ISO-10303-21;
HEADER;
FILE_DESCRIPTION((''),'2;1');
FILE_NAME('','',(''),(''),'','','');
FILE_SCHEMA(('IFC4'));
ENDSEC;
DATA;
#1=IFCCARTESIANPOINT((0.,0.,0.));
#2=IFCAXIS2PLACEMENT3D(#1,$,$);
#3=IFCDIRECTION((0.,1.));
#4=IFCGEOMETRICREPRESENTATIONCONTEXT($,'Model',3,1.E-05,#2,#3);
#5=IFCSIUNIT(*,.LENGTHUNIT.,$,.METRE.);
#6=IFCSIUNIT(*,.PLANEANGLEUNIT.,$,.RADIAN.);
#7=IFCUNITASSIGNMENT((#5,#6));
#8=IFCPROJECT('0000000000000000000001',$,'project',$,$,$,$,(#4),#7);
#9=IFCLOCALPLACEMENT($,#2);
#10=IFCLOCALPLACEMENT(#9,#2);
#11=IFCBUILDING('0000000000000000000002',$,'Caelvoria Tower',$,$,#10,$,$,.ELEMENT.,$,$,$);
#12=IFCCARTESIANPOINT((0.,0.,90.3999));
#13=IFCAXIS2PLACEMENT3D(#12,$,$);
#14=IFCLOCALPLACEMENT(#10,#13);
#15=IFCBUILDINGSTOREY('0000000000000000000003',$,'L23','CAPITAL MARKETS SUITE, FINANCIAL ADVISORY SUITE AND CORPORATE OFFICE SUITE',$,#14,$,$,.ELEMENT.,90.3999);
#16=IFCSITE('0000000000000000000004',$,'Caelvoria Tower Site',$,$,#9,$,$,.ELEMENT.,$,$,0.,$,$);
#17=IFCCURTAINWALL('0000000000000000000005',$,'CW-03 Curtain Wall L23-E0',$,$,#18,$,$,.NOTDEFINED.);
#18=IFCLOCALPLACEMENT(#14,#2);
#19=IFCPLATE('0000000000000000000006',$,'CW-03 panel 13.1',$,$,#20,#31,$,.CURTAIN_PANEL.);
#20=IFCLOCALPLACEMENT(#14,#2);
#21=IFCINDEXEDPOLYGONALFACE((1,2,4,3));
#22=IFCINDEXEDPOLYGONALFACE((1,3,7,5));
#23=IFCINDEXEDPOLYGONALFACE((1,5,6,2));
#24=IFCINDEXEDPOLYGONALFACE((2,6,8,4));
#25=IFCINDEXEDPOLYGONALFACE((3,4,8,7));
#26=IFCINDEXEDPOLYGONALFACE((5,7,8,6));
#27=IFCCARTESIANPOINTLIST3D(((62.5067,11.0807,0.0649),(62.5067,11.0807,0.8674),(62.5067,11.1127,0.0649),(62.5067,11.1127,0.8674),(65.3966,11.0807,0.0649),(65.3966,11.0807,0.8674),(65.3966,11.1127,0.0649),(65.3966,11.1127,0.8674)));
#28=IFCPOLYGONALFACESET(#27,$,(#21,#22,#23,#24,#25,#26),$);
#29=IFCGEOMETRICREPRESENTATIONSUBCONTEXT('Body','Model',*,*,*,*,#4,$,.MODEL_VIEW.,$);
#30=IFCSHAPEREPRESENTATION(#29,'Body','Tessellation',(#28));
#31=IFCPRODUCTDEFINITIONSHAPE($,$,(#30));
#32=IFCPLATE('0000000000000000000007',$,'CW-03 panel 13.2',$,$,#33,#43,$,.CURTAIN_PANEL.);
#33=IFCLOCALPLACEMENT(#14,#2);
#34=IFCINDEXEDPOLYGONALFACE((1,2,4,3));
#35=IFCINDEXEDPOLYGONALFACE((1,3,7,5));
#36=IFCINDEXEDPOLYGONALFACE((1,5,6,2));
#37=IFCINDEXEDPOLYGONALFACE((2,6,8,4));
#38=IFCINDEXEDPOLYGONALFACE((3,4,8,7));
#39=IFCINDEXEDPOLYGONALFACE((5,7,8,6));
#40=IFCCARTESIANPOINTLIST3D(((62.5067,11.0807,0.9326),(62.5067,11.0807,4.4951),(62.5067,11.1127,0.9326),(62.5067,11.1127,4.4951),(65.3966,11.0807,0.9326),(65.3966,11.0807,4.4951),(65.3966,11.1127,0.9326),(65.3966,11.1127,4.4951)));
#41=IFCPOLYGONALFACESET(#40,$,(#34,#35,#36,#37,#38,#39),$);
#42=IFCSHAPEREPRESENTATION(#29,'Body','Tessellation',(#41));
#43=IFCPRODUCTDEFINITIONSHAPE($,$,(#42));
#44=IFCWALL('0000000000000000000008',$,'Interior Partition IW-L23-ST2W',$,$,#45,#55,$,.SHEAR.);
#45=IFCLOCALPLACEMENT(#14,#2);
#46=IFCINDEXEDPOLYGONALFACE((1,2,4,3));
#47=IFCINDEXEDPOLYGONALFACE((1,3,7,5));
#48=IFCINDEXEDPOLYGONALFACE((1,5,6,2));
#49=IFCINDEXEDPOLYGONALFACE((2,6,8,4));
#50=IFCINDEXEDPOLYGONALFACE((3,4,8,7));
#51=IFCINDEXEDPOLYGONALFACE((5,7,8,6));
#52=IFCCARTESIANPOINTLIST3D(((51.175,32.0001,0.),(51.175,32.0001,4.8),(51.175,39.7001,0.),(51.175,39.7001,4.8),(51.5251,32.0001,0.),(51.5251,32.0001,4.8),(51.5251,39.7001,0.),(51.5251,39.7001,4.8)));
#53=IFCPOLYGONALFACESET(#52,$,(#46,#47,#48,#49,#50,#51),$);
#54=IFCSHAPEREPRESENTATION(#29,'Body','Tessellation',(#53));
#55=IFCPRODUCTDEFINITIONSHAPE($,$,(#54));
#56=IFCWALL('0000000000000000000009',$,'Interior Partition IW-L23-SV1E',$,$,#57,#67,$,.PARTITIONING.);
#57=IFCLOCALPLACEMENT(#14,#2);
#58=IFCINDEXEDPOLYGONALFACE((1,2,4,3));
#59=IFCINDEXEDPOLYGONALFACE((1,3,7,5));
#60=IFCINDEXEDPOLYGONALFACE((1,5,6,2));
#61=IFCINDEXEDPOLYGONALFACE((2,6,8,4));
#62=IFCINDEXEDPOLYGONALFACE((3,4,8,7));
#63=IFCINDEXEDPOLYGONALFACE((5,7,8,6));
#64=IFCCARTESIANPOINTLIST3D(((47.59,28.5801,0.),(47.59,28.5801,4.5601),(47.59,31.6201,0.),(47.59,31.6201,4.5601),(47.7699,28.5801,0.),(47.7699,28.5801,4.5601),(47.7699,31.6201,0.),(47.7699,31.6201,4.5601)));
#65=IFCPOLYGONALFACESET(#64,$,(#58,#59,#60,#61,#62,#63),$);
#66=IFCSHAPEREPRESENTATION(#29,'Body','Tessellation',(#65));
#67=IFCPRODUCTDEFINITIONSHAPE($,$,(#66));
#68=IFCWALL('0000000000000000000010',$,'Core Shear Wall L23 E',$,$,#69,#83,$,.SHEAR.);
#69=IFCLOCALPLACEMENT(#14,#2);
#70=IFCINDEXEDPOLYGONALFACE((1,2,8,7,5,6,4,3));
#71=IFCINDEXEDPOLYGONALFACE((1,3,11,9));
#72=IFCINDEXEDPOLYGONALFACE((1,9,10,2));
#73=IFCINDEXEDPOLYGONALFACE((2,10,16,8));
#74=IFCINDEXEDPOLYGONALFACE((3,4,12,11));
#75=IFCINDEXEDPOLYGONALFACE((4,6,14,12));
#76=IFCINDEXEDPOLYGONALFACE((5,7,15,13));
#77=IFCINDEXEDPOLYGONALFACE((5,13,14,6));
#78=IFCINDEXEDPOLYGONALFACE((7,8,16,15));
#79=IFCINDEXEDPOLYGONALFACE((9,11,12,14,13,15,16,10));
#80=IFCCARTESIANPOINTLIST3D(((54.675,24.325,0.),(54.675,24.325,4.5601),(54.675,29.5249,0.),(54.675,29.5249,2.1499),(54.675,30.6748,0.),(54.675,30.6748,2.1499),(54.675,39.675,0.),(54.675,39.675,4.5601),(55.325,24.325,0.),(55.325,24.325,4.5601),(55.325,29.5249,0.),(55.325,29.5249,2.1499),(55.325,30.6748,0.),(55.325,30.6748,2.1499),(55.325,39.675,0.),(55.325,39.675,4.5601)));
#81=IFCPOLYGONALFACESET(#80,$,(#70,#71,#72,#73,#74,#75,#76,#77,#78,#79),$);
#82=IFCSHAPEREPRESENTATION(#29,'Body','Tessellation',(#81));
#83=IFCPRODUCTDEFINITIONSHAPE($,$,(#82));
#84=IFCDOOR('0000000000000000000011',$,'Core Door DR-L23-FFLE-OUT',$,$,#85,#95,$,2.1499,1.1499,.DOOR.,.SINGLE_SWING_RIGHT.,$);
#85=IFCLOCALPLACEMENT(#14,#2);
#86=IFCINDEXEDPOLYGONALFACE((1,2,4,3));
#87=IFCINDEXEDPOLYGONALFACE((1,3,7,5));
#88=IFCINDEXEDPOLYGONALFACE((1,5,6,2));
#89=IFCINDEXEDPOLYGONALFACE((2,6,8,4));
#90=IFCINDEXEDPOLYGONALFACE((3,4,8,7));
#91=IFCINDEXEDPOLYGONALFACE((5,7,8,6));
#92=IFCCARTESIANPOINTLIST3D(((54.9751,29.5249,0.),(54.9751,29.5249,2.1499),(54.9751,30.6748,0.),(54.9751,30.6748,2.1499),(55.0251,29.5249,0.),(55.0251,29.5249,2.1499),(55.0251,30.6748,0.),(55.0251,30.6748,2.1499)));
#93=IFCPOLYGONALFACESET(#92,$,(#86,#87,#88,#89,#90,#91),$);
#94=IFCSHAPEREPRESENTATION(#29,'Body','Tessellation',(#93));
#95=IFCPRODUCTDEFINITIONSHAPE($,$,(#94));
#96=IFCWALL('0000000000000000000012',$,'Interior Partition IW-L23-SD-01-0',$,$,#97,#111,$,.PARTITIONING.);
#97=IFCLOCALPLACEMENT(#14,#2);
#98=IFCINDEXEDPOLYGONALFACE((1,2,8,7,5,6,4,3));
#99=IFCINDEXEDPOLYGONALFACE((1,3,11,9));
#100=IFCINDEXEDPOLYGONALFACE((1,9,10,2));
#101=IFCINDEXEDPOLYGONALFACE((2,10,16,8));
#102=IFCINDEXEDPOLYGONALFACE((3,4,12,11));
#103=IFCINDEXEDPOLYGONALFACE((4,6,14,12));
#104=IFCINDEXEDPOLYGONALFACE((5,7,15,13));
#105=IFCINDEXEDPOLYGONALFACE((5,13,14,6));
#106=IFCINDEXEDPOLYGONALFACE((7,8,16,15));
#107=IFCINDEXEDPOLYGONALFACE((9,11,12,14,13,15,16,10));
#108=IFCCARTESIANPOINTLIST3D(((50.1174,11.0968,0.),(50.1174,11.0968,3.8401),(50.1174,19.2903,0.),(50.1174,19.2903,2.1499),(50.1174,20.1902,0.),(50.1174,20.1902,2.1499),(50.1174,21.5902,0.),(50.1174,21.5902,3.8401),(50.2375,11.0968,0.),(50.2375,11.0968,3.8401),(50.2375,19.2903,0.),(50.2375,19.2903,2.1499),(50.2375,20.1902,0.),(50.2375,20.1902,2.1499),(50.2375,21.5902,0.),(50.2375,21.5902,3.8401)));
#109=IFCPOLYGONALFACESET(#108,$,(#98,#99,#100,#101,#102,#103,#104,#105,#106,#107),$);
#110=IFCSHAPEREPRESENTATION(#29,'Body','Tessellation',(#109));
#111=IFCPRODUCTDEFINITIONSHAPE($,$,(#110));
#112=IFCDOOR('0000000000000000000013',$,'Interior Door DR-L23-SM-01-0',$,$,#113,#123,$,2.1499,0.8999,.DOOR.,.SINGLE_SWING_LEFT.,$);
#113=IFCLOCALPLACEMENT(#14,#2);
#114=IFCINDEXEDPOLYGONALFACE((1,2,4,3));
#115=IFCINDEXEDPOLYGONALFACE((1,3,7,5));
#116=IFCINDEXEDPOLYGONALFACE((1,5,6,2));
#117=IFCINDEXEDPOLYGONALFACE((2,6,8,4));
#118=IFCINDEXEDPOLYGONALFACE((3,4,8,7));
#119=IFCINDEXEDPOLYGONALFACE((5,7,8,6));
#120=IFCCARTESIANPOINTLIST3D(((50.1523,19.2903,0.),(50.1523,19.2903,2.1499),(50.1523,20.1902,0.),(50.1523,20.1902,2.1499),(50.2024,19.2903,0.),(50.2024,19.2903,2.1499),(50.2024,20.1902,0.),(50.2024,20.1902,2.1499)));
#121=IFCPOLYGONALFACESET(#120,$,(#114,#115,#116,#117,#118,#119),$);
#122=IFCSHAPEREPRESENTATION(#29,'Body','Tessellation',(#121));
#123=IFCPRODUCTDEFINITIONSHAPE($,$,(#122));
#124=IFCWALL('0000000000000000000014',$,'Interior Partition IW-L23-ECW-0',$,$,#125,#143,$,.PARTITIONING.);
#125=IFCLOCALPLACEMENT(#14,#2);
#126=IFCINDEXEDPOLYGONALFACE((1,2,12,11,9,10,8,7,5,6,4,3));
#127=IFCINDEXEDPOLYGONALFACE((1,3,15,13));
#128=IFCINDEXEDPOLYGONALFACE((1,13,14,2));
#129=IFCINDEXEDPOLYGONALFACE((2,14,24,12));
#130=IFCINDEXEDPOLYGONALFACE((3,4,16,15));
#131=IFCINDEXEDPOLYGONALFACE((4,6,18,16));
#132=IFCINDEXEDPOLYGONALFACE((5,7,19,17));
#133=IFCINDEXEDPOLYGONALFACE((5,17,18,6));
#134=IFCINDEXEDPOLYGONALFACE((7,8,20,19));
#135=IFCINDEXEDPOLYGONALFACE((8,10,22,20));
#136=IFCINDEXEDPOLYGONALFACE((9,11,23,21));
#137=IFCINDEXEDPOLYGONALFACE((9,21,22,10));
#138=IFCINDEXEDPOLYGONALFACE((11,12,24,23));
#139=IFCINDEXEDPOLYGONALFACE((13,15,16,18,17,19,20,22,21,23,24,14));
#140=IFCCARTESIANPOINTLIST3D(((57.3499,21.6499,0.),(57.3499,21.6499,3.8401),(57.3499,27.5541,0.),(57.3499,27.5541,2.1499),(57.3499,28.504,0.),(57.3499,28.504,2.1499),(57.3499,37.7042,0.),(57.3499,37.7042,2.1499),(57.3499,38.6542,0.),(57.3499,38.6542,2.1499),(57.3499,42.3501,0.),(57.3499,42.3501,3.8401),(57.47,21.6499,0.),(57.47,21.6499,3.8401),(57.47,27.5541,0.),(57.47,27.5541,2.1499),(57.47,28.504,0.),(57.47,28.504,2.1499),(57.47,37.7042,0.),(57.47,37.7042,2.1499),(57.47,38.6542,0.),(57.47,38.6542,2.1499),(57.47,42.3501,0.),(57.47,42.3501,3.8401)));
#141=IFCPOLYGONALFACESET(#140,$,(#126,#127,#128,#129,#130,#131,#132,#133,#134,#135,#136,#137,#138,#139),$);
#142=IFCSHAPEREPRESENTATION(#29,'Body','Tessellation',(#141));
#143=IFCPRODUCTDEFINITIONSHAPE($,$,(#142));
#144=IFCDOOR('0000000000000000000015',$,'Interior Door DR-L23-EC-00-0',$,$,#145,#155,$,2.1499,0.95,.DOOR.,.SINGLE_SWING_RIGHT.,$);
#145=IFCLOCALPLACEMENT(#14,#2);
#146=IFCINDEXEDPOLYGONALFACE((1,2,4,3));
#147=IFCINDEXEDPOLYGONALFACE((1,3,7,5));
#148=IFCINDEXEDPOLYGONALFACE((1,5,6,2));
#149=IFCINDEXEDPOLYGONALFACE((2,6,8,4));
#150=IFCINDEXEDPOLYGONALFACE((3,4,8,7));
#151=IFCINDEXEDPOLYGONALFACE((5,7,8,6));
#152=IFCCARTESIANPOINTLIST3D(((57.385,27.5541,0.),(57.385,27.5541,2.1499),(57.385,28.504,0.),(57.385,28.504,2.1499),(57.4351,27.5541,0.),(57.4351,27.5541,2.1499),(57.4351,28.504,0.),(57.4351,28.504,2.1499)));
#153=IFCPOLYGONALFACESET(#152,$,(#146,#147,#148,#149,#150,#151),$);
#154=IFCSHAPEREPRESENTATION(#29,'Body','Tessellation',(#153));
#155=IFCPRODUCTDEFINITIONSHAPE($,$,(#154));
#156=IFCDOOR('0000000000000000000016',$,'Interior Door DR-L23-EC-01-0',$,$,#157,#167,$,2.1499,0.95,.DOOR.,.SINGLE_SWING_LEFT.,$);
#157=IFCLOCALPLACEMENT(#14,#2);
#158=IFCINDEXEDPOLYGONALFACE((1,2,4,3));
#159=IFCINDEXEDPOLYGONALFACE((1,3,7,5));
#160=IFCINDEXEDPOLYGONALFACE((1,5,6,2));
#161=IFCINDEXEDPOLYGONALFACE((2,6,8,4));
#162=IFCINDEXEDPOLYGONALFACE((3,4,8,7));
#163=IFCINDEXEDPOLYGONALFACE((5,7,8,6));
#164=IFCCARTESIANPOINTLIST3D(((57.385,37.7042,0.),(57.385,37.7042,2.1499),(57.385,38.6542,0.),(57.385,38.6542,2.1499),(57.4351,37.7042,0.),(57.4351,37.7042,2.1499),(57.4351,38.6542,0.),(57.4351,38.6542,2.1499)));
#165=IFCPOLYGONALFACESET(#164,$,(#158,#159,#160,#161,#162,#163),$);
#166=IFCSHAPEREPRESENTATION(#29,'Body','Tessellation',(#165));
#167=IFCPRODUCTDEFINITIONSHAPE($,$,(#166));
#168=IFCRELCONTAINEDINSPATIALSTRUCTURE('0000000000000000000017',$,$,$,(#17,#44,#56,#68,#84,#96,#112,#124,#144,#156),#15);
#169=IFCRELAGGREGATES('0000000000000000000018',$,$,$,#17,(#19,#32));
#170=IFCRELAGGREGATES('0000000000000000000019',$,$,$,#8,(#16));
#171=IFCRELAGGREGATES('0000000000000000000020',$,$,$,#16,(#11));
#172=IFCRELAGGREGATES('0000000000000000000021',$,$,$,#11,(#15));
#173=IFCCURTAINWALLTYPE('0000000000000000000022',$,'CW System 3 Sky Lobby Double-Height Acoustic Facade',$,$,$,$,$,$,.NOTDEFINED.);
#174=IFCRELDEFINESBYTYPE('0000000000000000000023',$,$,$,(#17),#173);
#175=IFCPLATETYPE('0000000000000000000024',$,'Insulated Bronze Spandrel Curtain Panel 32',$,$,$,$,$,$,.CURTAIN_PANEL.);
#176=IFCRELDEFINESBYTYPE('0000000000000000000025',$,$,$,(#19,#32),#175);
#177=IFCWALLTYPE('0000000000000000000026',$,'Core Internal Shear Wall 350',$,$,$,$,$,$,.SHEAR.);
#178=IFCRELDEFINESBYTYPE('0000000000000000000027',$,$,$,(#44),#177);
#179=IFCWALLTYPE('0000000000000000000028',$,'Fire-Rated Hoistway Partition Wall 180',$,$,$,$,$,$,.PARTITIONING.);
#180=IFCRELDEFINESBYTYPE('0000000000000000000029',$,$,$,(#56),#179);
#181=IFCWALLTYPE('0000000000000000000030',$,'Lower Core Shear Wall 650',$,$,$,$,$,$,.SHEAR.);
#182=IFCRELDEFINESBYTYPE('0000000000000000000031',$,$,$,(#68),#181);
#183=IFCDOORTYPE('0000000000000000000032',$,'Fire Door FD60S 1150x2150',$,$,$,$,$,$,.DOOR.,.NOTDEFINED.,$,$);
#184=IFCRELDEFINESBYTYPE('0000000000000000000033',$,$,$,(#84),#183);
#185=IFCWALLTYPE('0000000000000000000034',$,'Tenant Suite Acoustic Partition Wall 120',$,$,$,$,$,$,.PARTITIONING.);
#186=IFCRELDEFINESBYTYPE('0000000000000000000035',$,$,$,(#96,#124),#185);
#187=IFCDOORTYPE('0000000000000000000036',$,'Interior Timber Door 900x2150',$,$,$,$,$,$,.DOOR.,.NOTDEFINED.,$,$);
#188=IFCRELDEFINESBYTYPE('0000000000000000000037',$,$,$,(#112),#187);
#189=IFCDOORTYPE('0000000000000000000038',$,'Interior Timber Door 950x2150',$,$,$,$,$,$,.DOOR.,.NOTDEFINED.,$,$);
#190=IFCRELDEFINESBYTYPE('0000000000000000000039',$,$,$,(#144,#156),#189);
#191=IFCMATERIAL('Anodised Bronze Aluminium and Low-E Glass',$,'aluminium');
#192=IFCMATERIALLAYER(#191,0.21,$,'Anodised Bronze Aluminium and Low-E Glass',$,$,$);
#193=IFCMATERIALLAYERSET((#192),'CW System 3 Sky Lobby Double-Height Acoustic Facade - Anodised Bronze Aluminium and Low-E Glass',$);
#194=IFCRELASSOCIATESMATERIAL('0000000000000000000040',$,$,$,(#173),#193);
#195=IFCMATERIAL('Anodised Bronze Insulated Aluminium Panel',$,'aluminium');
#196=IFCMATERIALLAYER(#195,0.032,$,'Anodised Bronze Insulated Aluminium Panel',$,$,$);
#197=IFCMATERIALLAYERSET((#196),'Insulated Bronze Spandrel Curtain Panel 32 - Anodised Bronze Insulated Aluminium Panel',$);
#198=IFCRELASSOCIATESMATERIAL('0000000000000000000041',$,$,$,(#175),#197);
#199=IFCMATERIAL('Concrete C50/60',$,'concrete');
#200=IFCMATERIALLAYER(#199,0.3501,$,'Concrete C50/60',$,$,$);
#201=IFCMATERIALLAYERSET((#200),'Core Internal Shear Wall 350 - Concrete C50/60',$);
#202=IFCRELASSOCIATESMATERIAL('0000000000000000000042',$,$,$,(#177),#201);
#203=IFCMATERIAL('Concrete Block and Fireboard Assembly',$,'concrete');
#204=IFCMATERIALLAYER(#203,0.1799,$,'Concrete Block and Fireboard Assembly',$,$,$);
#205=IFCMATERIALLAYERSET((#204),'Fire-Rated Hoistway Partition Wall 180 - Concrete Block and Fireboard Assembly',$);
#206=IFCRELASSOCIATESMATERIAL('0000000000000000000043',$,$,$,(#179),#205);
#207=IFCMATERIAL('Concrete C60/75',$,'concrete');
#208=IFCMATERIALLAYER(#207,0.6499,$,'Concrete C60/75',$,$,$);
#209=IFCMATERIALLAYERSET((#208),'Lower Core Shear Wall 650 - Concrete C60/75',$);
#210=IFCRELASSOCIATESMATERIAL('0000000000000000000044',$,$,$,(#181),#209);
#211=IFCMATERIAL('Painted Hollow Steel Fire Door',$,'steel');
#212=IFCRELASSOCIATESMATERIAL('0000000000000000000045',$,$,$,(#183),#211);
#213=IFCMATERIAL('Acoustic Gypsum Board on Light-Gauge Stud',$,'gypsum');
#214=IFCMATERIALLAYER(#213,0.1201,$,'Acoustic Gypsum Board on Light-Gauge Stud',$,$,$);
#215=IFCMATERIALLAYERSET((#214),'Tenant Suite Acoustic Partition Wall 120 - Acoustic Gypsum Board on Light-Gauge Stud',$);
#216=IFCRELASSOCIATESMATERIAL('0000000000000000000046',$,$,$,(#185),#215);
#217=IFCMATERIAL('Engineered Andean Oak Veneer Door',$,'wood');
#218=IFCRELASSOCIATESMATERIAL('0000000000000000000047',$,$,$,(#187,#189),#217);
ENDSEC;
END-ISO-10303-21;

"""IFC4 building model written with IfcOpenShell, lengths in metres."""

from ifc_helpers import new_model, si_unit, direction, frame, frame_2d, origin, origin_2d, place, context, subcontext, project, spatial, rectangle, extrude, material, layer, layer_set, type_object, element, fill, aggregate, save


model = new_model("IFC4")

# Units and contexts
model_context = context("Model", 3, precision=1e-05, world=origin(), true_north=direction((0.0, 1.0)))
body_context = subcontext(model_context, "Body", "Model", "MODEL_VIEW")
ifc_project = project(units=[si_unit("LENGTHUNIT", "METRE"), si_unit("PLANEANGLEUNIT", "RADIAN")], contexts=[model_context])

# Site, building, storey
site_placement = place(None, origin())
site = spatial("IfcSite", under=ifc_project, at=site_placement, Name="Caelvoria Tower Site", CompositionType="ELEMENT", RefElevation=0.0)
building_placement = place(site_placement, origin())
building = spatial("IfcBuilding", under=site, at=building_placement, Name="Caelvoria Tower", CompositionType="ELEMENT")
storey_placement = place(building_placement, frame((0.0, 0.0, 90.3999)))
storey = spatial("IfcBuildingStorey", under=building, at=storey_placement, Name="L23", Description="CAPITAL MARKETS SUITE, FINANCIAL ADVISORY SUITE AND CORPORATE OFFICE SUITE", CompositionType="ELEMENT", Elevation=90.3999)

# Curtain wall
ifc_material_1 = material(Name="Anodised Bronze Aluminium and Low-E Glass", Category="aluminium")
ifc_layer_1 = layer(ifc_material_1, 0.21, Name="Anodised Bronze Aluminium and Low-E Glass")
ifc_layer_set_1 = layer_set([ifc_layer_1], Name="CW System 3 Sky Lobby Double-Height Acoustic Facade - Anodised Bronze Aluminium and Low-E Glass")
curtain_wall_type = type_object("IfcCurtainWallType", Name="CW System 3 Sky Lobby Double-Height Acoustic Facade", PredefinedType="NOTDEFINED", material=ifc_layer_set_1)
curtain_wall_placement = place(storey_placement, origin())
curtain_wall = element("IfcCurtainWall", 1, at=curtain_wall_placement, inside=storey, type_object=curtain_wall_type, Name="CW-03 Curtain Wall L23-E0", PredefinedType="NOTDEFINED")

# Plates
ifc_material_2 = material(Name="Anodised Bronze Insulated Aluminium Panel", Category="aluminium")
ifc_layer_2 = layer(ifc_material_2, 0.032, Name="Anodised Bronze Insulated Aluminium Panel")
ifc_layer_set_2 = layer_set([ifc_layer_2], Name="Insulated Bronze Spandrel Curtain Panel 32 - Anodised Bronze Insulated Aluminium Panel")
plate_type = type_object("IfcPlateType", Name="Insulated Bronze Spandrel Curtain Panel 32", PredefinedType="CURTAIN_PANEL", material=ifc_layer_set_2)
plate_1_placement = place(storey_placement, frame((63.9517, 11.0967, 0.0649), z_axis=(0.0, 0.0, 1.0), x_axis=(1.0, 0.0, 0.0)))
plate_1 = element("IfcPlate", 2, at=plate_1_placement, type_object=plate_type, Name="CW-03 panel 13.1", PredefinedType="CURTAIN_PANEL", context=body_context, shape_type="SweptSolid", body=[
    extrude(rectangle(XDim=2.8899, YDim=0.032, at=origin_2d()), origin(), (0.0, 0.0, 1.0), 0.8025),
])
plate_2_placement = place(storey_placement, frame((63.9517, 11.0967, 0.9326), z_axis=(0.0, 0.0, 1.0), x_axis=(1.0, 0.0, 0.0)))
plate_2 = element("IfcPlate", 3, at=plate_2_placement, type_object=plate_type, Name="CW-03 panel 13.2", PredefinedType="CURTAIN_PANEL", context=body_context, shape_type="SweptSolid", body=[
    extrude(rectangle(XDim=2.8899, YDim=0.032, at=origin_2d()), origin(), (0.0, 0.0, 1.0), 3.5625),
])
aggregate(curtain_wall, [plate_1, plate_2])

# Walls
ifc_material_3 = material(Name="Concrete C50/60", Category="concrete")
ifc_layer_3 = layer(ifc_material_3, 0.3501, Name="Concrete C50/60")
ifc_layer_set_3 = layer_set([ifc_layer_3], Name="Core Internal Shear Wall 350 - Concrete C50/60")
wall_type_1 = type_object("IfcWallType", Name="Core Internal Shear Wall 350", PredefinedType="SHEAR", material=ifc_layer_set_3)
wall_1_placement = place(storey_placement, frame((51.3501, 32.0, 0.0), z_axis=(0.0, 0.0, 1.0), x_axis=(0.0, 1.0, 0.0)))
element("IfcWall", 4, at=wall_1_placement, inside=storey, type_object=wall_type_1, Name="Interior Partition IW-L23-ST2W", PredefinedType="SHEAR", context=body_context, shape_type="SweptSolid", body=[
    extrude(rectangle(XDim=7.7, YDim=0.3501, at=frame_2d((3.8501, 0.0))), origin(), (0.0, 0.0, 1.0), 4.8),
])
ifc_material_4 = material(Name="Concrete Block and Fireboard Assembly", Category="concrete")
ifc_layer_4 = layer(ifc_material_4, 0.1799, Name="Concrete Block and Fireboard Assembly")
ifc_layer_set_4 = layer_set([ifc_layer_4], Name="Fire-Rated Hoistway Partition Wall 180 - Concrete Block and Fireboard Assembly")
wall_type_2 = type_object("IfcWallType", Name="Fire-Rated Hoistway Partition Wall 180", PredefinedType="PARTITIONING", material=ifc_layer_set_4)
wall_2_placement = place(storey_placement, frame((47.6799, 28.5801, 0.0), z_axis=(0.0, 0.0, 1.0), x_axis=(0.0, 1.0, 0.0)))
element("IfcWall", 5, at=wall_2_placement, inside=storey, type_object=wall_type_2, Name="Interior Partition IW-L23-SV1E", PredefinedType="PARTITIONING", context=body_context, shape_type="SweptSolid", body=[
    extrude(rectangle(XDim=3.04, YDim=0.1799, at=frame_2d((1.52, 0.0))), origin(), (0.0, 0.0, 1.0), 4.5601),
])

# Walls, openings, doors
ifc_material_5 = material(Name="Concrete C60/75", Category="concrete")
ifc_layer_5 = layer(ifc_material_5, 0.6499, Name="Concrete C60/75")
ifc_layer_set_5 = layer_set([ifc_layer_5], Name="Lower Core Shear Wall 650 - Concrete C60/75")
wall_type_3 = type_object("IfcWallType", Name="Lower Core Shear Wall 650", PredefinedType="SHEAR", material=ifc_layer_set_5)
wall_3_placement = place(storey_placement, frame((55.0, 24.325, 0.0), z_axis=(0.0, 0.0, 1.0), x_axis=(0.0, 1.0, 0.0)))
wall_3 = element("IfcWall", 6, at=wall_3_placement, inside=storey, type_object=wall_type_3, Name="Core Shear Wall L23 E", PredefinedType="SHEAR", context=body_context, shape_type="SweptSolid", body=[
    extrude(rectangle(XDim=15.3501, YDim=0.6499, at=frame_2d((7.675, 0.0))), origin(), (0.0, 0.0, 1.0), 4.5601),
])
opening_1_placement = place(wall_3_placement, frame((5.2, 0.0, 0.0)))
opening_1 = element("IfcOpeningElement", 7, at=opening_1_placement, cuts=wall_3, PredefinedType="OPENING", context=body_context, shape_type="SweptSolid", body=[
    extrude(rectangle(XDim=1.1499, YDim=2.1499, at=frame_2d((0.575, 1.075))), frame((0.0, 0.335, 0.0), z_axis=(0.0, -1.0, 0.0), x_axis=(1.0, 0.0, 0.0)), (0.0, 0.0, 1.0), 0.6699),
])
ifc_material_6 = material(Name="Painted Hollow Steel Fire Door", Category="steel")
door_type_1 = type_object("IfcDoorType", Name="Fire Door FD60S 1150x2150", OperationType="NOTDEFINED", PredefinedType="DOOR", material=ifc_material_6)
door_1_placement = place(opening_1_placement, origin())
door_1 = element("IfcDoor", 8, at=door_1_placement, inside=storey, type_object=door_type_1, Name="Core Door DR-L23-FFLE-OUT", OperationType="SINGLE_SWING_RIGHT", OverallHeight=2.1499, OverallWidth=1.1499, PredefinedType="DOOR", context=body_context, shape_type="SweptSolid", body=[
    extrude(rectangle(XDim=1.1499, YDim=2.1499, at=frame_2d((0.575, 1.075))), frame((0.0, 0.0249, 0.0), z_axis=(0.0, -1.0, 0.0), x_axis=(1.0, 0.0, 0.0)), (0.0, 0.0, 1.0), 0.05),
])
fill(opening_1, door_1)
ifc_material_7 = material(Name="Acoustic Gypsum Board on Light-Gauge Stud", Category="gypsum")
ifc_layer_6 = layer(ifc_material_7, 0.1201, Name="Acoustic Gypsum Board on Light-Gauge Stud")
ifc_layer_set_6 = layer_set([ifc_layer_6], Name="Tenant Suite Acoustic Partition Wall 120 - Acoustic Gypsum Board on Light-Gauge Stud")
wall_type_4 = type_object("IfcWallType", Name="Tenant Suite Acoustic Partition Wall 120", PredefinedType="PARTITIONING", material=ifc_layer_set_6)
wall_4_placement = place(storey_placement, frame((50.1775, 21.5901, 0.0), z_axis=(0.0, 0.0, 1.0), x_axis=(0.0, -1.0, 0.0)))
wall_4 = element("IfcWall", 9, at=wall_4_placement, inside=storey, type_object=wall_type_4, Name="Interior Partition IW-L23-SD-01-0", PredefinedType="PARTITIONING", context=body_context, shape_type="SweptSolid", body=[
    extrude(rectangle(XDim=10.4934, YDim=0.1201, at=frame_2d((5.2466, 0.0))), origin(), (0.0, 0.0, 1.0), 3.8401),
])
opening_2_placement = place(wall_4_placement, frame((1.3999, 0.0, 0.0)))
opening_2 = element("IfcOpeningElement", 10, at=opening_2_placement, cuts=wall_4, PredefinedType="OPENING", context=body_context, shape_type="SweptSolid", body=[
    extrude(rectangle(XDim=0.8999, YDim=2.1499, at=frame_2d((0.45, 1.075))), frame((0.0, 0.0701, 0.0), z_axis=(0.0, -1.0, 0.0), x_axis=(1.0, 0.0, 0.0)), (0.0, 0.0, 1.0), 0.1401),
])
ifc_material_8 = material(Name="Engineered Andean Oak Veneer Door", Category="wood")
door_type_2 = type_object("IfcDoorType", Name="Interior Timber Door 900x2150", OperationType="NOTDEFINED", PredefinedType="DOOR", material=ifc_material_8)
door_2_placement = place(opening_2_placement, origin())
door_2 = element("IfcDoor", 11, at=door_2_placement, inside=storey, type_object=door_type_2, Name="Interior Door DR-L23-SM-01-0", OperationType="SINGLE_SWING_LEFT", OverallHeight=2.1499, OverallWidth=0.8999, PredefinedType="DOOR", context=body_context, shape_type="SweptSolid", body=[
    extrude(rectangle(XDim=0.8999, YDim=2.1499, at=frame_2d((0.45, 1.075))), frame((0.0, 0.0249, 0.0), z_axis=(0.0, -1.0, 0.0), x_axis=(1.0, 0.0, 0.0)), (0.0, 0.0, 1.0), 0.05),
])
fill(opening_2, door_2)

# Wall, openings, doors
wall_5_placement = place(storey_placement, frame((57.4099, 21.6499, 0.0), z_axis=(0.0, 0.0, 1.0), x_axis=(0.0, 1.0, 0.0)))
wall_5 = element("IfcWall", 12, at=wall_5_placement, inside=storey, type_object=wall_type_4, Name="Interior Partition IW-L23-ECW-0", PredefinedType="PARTITIONING", context=body_context, shape_type="SweptSolid", body=[
    extrude(rectangle(XDim=20.7002, YDim=0.1201, at=frame_2d((10.3501, 0.0))), origin(), (0.0, 0.0, 1.0), 3.8401),
])
opening_3_placement = place(wall_5_placement, frame((5.9041, 0.0, 0.0)))
opening_3 = element("IfcOpeningElement", 13, at=opening_3_placement, cuts=wall_5, PredefinedType="OPENING", context=body_context, shape_type="SweptSolid", body=[
    extrude(rectangle(XDim=0.95, YDim=2.1499, at=frame_2d((0.4751, 1.075))), frame((0.0, 0.0701, 0.0), z_axis=(0.0, -1.0, 0.0), x_axis=(1.0, 0.0, 0.0)), (0.0, 0.0, 1.0), 0.1401),
])
opening_4_placement = place(wall_5_placement, frame((16.0542, 0.0, 0.0)))
opening_4 = element("IfcOpeningElement", 14, at=opening_4_placement, cuts=wall_5, PredefinedType="OPENING", context=body_context, shape_type="SweptSolid", body=[
    extrude(rectangle(XDim=0.95, YDim=2.1499, at=frame_2d((0.4751, 1.075))), frame((0.0, 0.0701, 0.0), z_axis=(0.0, -1.0, 0.0), x_axis=(1.0, 0.0, 0.0)), (0.0, 0.0, 1.0), 0.1401),
])
door_type_3 = type_object("IfcDoorType", Name="Interior Timber Door 950x2150", OperationType="NOTDEFINED", PredefinedType="DOOR", material=ifc_material_8)
door_3_placement = place(opening_3_placement, origin())
door_3 = element("IfcDoor", 15, at=door_3_placement, inside=storey, type_object=door_type_3, Name="Interior Door DR-L23-EC-00-0", OperationType="SINGLE_SWING_RIGHT", OverallHeight=2.1499, OverallWidth=0.95, PredefinedType="DOOR", context=body_context, shape_type="SweptSolid", body=[
    extrude(rectangle(XDim=0.95, YDim=2.1499, at=frame_2d((0.4751, 1.075))), frame((0.0, 0.0249, 0.0), z_axis=(0.0, -1.0, 0.0), x_axis=(1.0, 0.0, 0.0)), (0.0, 0.0, 1.0), 0.05),
])
fill(opening_3, door_3)
door_4_placement = place(opening_4_placement, origin())
door_4 = element("IfcDoor", 16, at=door_4_placement, inside=storey, type_object=door_type_3, Name="Interior Door DR-L23-EC-01-0", OperationType="SINGLE_SWING_LEFT", OverallHeight=2.1499, OverallWidth=0.95, PredefinedType="DOOR", context=body_context, shape_type="SweptSolid", body=[
    extrude(rectangle(XDim=0.95, YDim=2.1499, at=frame_2d((0.4751, 1.075))), frame((0.0, 0.0249, 0.0), z_axis=(0.0, -1.0, 0.0), x_axis=(1.0, 0.0, 0.0)), (0.0, 0.0, 1.0), 0.05),
])
fill(opening_4, door_4)

save(model, "model.ifc")
